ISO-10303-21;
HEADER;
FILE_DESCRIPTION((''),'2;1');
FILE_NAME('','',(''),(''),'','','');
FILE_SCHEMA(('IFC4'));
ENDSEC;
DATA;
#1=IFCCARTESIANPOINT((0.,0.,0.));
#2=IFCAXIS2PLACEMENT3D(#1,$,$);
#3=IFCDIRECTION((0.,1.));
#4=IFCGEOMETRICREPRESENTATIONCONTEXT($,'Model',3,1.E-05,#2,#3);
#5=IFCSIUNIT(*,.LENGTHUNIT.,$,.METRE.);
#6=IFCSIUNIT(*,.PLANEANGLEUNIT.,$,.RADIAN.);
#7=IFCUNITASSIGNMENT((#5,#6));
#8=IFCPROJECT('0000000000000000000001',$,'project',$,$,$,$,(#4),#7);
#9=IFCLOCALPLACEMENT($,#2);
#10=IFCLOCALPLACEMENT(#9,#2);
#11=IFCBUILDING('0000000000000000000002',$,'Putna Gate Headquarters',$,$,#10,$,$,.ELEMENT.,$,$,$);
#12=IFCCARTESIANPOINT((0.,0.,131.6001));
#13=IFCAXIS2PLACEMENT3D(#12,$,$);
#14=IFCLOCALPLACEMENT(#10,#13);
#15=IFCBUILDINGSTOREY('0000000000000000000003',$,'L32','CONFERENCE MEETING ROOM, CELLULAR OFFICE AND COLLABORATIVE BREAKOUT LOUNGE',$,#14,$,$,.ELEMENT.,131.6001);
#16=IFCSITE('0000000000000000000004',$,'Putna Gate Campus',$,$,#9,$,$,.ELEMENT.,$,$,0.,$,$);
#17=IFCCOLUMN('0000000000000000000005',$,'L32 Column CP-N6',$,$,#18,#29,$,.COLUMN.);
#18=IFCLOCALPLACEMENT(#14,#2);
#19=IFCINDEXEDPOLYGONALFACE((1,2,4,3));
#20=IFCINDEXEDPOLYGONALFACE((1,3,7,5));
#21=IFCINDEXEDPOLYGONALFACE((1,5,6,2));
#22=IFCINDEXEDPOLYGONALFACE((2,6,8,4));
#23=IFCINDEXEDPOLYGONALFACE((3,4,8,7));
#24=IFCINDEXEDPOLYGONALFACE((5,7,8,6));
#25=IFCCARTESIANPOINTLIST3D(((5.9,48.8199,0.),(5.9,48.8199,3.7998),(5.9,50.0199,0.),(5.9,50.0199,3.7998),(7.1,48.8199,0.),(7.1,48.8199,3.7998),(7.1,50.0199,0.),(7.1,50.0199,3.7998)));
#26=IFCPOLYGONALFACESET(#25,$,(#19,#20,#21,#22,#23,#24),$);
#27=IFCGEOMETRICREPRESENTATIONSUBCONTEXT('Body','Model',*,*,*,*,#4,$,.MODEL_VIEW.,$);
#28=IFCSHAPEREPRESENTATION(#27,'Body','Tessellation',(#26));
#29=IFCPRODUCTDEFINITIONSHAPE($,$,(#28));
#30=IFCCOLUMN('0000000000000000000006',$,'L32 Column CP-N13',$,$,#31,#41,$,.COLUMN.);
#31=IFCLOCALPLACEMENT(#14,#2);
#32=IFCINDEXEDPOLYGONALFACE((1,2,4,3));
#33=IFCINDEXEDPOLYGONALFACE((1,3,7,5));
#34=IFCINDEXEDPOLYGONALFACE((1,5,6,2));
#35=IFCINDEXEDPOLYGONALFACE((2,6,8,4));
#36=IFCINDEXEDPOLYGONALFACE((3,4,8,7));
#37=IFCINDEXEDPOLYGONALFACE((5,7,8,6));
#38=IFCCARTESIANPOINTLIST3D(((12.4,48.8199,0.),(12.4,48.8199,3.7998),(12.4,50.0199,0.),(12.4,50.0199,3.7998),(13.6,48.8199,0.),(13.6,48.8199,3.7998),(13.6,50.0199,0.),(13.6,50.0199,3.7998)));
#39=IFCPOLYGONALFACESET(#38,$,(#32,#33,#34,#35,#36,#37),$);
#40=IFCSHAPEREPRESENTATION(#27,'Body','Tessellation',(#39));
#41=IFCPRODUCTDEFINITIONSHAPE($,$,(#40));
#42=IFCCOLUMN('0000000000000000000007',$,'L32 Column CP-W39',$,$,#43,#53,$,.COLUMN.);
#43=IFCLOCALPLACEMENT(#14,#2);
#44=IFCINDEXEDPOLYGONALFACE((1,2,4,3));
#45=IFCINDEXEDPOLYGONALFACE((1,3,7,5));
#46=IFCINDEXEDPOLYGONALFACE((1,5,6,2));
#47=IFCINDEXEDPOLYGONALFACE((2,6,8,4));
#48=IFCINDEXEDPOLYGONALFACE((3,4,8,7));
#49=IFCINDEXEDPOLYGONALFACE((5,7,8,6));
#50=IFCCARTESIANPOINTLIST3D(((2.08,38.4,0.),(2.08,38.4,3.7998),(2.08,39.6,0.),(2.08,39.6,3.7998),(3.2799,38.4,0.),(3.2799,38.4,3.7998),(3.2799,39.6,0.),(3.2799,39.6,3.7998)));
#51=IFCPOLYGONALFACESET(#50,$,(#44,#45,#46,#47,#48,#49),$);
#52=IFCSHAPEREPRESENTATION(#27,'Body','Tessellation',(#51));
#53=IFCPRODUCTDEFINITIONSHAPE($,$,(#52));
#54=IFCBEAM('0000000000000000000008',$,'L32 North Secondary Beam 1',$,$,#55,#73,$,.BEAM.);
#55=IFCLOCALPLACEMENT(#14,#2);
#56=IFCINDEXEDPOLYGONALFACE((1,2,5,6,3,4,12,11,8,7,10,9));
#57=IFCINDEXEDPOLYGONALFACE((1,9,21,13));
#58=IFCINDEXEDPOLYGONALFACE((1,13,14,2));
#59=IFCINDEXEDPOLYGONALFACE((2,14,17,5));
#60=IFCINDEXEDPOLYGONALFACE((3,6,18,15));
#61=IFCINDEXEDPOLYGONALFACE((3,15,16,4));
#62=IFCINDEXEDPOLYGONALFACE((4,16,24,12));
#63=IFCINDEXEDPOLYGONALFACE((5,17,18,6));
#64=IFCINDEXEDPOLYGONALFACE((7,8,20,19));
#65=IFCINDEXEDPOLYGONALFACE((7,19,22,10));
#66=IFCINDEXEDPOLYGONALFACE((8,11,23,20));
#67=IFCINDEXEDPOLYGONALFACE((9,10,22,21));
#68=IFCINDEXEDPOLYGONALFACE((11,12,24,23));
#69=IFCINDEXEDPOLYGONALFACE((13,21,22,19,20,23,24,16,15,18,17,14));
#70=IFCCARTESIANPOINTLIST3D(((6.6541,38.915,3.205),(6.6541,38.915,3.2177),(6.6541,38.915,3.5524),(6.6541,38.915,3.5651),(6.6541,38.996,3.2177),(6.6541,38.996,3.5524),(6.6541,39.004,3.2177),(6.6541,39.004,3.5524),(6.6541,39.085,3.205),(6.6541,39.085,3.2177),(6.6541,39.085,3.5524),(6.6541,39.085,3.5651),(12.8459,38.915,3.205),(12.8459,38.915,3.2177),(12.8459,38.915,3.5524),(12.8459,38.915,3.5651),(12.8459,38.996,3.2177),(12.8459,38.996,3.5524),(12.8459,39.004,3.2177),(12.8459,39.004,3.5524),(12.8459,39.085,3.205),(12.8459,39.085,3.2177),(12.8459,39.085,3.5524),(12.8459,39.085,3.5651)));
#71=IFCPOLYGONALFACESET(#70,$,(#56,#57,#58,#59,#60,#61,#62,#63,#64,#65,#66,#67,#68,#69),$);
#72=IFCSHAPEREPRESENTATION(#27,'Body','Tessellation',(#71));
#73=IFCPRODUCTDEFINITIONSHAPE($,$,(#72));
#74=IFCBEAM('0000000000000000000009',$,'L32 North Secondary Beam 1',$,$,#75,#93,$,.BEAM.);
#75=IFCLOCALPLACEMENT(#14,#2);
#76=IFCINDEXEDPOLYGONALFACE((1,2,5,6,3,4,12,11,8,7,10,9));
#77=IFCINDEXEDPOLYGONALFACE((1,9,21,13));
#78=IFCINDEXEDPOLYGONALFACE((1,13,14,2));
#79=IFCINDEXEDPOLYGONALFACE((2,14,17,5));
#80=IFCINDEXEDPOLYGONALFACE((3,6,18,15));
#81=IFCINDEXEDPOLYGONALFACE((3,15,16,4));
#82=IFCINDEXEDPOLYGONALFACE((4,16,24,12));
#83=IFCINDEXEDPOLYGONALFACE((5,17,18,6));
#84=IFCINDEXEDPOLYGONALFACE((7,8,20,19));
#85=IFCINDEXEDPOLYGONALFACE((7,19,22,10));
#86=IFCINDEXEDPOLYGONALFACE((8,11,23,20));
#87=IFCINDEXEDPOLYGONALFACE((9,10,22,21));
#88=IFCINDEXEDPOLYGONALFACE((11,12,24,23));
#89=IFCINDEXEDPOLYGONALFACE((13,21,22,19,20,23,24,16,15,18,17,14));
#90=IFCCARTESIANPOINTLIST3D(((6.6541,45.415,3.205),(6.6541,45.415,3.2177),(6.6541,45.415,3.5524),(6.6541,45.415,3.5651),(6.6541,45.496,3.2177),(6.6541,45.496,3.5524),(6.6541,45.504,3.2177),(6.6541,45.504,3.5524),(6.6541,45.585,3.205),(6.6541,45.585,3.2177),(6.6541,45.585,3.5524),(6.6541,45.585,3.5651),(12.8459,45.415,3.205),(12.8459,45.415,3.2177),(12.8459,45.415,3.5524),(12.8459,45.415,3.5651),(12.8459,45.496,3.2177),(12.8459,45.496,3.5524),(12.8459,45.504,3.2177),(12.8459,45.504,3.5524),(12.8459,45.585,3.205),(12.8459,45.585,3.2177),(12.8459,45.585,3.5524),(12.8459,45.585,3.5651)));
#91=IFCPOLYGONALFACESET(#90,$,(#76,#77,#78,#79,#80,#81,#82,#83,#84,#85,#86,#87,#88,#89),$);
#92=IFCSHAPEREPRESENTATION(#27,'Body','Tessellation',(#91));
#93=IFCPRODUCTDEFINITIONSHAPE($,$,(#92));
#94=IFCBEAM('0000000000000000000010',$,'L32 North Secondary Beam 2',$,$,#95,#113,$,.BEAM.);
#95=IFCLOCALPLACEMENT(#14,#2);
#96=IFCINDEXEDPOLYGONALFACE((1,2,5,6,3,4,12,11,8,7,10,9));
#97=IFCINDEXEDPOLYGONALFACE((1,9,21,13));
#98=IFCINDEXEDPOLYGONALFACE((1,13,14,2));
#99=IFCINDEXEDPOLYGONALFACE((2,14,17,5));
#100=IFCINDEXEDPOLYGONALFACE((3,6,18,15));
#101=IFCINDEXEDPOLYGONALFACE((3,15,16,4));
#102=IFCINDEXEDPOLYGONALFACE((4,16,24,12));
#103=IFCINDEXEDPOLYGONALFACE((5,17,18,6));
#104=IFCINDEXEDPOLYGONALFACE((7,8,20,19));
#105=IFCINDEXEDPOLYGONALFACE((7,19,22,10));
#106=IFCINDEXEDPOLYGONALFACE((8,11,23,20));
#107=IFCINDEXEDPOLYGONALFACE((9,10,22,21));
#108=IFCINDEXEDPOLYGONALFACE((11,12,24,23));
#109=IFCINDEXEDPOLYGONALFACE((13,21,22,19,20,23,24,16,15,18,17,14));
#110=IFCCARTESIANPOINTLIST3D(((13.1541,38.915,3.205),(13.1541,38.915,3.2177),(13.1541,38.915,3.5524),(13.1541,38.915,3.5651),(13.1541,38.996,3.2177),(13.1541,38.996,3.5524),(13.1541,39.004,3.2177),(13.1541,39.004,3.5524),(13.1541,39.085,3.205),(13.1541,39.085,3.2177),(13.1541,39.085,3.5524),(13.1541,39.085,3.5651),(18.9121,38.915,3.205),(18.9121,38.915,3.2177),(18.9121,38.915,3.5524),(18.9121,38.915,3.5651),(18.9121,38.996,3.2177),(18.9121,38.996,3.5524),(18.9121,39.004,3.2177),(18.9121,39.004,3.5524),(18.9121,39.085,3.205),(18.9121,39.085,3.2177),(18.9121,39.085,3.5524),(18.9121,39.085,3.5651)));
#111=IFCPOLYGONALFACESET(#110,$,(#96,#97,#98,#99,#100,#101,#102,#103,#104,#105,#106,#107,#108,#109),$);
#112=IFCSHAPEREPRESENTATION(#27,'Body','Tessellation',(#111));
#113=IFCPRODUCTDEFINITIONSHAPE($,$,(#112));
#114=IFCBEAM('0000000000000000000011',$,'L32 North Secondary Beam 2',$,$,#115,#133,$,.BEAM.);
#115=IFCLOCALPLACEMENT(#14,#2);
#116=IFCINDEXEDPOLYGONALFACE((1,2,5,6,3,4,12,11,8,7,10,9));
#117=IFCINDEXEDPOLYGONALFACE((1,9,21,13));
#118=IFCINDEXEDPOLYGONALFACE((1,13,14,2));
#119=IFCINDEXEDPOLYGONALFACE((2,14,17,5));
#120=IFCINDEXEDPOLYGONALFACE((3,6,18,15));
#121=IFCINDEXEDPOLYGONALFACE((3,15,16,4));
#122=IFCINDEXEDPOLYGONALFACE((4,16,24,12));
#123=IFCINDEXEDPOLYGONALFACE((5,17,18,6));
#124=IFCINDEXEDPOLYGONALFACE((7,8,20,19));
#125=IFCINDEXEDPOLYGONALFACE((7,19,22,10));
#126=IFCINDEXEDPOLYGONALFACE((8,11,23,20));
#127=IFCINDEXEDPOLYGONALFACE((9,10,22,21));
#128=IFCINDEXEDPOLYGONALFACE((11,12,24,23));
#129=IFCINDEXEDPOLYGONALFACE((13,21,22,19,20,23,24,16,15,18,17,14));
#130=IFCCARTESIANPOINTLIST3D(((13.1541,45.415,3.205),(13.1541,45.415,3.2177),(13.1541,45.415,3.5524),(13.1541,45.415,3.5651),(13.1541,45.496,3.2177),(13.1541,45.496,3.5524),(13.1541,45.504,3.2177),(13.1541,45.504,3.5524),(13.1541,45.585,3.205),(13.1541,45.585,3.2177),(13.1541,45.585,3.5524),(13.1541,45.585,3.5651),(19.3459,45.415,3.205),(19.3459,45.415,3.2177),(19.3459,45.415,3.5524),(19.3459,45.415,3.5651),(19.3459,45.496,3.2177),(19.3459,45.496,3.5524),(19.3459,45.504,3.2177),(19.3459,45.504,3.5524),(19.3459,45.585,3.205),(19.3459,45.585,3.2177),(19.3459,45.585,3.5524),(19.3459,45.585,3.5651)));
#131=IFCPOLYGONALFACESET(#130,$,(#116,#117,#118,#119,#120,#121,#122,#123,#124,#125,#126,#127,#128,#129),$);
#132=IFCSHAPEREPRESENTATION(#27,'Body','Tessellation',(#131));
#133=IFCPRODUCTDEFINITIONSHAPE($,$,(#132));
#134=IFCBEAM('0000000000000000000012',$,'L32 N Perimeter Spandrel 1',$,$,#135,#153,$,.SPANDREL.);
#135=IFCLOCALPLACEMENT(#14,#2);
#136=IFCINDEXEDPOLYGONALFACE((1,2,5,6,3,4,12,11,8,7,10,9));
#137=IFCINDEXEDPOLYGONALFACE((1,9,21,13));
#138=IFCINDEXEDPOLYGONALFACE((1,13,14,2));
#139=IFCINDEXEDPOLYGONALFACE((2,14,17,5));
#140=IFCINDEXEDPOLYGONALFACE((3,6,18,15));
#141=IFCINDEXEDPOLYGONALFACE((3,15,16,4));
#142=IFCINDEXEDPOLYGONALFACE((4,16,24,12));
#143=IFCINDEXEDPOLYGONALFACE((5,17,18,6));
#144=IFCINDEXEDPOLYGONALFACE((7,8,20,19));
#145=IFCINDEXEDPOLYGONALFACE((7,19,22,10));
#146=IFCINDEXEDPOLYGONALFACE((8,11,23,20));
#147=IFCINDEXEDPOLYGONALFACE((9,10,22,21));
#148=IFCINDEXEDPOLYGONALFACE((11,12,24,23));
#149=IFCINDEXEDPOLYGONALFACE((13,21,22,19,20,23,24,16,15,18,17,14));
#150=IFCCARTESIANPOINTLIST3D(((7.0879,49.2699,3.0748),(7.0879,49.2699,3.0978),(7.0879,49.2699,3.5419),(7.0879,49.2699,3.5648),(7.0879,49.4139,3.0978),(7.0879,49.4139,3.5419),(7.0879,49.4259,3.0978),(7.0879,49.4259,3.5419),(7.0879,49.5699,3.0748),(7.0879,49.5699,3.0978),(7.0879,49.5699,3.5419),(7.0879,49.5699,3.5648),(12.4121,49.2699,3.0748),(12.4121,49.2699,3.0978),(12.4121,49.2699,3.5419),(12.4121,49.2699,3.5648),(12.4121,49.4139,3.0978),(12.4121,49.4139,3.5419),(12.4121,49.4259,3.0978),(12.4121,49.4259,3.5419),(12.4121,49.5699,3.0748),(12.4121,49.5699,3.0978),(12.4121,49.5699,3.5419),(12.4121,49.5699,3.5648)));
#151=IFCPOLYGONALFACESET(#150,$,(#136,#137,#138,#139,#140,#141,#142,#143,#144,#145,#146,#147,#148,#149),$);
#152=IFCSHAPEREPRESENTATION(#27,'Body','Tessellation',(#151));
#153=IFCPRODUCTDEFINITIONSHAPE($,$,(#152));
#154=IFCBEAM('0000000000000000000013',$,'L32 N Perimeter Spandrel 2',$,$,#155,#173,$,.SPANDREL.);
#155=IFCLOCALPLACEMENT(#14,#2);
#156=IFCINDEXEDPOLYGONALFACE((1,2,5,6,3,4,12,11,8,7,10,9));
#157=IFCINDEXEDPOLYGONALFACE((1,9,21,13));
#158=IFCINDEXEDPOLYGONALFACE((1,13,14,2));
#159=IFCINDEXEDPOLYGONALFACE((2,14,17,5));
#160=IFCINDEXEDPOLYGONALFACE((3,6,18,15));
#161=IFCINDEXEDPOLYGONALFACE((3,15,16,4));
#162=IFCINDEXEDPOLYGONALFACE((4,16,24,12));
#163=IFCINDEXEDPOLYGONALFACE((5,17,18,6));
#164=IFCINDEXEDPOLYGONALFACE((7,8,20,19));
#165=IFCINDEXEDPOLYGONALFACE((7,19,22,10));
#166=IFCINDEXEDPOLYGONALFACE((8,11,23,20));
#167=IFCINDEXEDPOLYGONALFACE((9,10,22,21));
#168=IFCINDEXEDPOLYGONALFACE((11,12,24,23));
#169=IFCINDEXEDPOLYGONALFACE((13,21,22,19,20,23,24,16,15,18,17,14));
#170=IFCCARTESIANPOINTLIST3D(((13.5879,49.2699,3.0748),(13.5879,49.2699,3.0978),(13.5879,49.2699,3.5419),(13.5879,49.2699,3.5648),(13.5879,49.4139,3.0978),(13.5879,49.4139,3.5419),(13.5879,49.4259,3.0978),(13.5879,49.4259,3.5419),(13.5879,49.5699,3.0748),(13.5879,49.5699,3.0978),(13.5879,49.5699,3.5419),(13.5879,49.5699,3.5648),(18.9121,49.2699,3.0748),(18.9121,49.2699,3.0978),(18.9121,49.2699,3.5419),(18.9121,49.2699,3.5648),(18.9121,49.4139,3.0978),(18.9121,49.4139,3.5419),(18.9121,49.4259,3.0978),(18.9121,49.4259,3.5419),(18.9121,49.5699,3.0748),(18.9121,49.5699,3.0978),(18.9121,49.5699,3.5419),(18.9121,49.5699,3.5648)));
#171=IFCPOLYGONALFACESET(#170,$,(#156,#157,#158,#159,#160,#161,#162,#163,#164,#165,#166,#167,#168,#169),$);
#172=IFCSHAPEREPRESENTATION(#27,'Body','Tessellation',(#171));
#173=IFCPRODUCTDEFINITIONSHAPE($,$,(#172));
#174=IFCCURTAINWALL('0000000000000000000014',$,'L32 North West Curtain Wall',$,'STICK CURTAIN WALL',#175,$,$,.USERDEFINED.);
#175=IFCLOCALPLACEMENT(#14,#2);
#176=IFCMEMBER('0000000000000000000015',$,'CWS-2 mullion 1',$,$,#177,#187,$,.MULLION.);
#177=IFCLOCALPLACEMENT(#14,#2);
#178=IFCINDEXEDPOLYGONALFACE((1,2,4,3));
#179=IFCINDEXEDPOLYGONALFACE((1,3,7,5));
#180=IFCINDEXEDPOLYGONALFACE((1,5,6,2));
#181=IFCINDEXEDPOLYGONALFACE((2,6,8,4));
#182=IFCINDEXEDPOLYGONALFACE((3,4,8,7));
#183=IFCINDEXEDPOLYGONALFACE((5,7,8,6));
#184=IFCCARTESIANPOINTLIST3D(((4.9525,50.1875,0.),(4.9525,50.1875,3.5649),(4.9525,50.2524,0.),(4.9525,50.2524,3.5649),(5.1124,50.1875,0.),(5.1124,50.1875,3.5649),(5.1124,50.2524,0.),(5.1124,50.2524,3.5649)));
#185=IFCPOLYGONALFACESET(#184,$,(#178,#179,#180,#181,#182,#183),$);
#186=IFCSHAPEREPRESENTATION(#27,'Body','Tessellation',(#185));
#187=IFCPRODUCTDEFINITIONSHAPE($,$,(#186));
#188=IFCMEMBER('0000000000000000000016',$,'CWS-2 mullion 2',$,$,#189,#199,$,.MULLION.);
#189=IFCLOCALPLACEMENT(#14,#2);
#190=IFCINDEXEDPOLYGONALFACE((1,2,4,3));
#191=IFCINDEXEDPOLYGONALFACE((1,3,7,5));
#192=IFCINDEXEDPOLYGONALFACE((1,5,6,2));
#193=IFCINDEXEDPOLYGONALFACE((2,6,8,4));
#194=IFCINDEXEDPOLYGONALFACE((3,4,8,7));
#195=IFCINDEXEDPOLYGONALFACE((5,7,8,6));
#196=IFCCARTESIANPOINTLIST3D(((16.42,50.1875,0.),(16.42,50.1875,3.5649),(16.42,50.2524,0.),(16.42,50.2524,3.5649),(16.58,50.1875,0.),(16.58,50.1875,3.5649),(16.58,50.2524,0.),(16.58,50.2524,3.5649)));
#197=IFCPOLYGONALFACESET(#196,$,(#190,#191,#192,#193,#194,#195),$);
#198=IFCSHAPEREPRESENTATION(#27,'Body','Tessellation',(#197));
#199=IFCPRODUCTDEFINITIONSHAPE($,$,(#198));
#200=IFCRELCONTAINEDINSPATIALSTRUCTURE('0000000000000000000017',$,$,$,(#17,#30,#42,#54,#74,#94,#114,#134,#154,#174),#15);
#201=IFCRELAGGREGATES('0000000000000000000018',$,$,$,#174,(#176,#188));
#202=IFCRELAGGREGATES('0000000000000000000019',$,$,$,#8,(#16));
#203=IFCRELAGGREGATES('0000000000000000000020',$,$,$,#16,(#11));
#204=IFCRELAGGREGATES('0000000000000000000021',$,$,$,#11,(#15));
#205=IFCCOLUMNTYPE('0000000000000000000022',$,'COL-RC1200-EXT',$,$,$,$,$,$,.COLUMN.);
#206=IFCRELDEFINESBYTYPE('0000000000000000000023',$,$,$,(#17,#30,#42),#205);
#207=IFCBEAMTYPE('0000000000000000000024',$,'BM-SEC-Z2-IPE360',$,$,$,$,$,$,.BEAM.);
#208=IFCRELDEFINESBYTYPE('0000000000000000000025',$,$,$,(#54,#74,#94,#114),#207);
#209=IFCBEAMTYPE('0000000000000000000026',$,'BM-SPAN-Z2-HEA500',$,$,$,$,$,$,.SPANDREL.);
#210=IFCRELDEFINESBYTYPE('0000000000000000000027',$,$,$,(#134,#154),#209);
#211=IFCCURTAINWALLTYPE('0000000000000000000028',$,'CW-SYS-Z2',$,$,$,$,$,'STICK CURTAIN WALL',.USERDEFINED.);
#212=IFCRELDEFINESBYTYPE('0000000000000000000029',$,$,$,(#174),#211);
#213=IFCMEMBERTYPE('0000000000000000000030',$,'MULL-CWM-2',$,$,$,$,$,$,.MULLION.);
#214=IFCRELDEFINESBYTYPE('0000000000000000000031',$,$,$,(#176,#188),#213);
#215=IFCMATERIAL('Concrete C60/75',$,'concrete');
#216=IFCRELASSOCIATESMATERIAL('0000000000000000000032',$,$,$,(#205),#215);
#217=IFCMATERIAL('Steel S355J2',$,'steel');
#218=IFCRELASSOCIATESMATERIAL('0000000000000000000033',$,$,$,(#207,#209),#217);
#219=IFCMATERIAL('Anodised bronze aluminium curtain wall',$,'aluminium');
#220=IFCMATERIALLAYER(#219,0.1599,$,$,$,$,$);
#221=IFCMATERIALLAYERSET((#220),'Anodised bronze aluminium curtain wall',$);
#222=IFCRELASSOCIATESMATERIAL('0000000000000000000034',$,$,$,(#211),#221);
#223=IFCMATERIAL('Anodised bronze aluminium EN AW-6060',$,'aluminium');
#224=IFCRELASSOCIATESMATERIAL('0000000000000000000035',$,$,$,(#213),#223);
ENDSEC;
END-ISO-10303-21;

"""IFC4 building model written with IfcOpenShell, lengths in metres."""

from ifc_helpers import new_model, si_unit, direction, frame, origin, origin_2d, place, context, subcontext, project, spatial, rectangle, i_section, extrude, material, layer, layer_set, material_profile, profile_set, type_object, element, aggregate, save


model = new_model("IFC4")

# Units and contexts
model_context = context("Model", 3, precision=1e-05, world=origin(), true_north=direction((0.0, 1.0)))
body_context = subcontext(model_context, "Body", "Model", "MODEL_VIEW")
ifc_project = project(units=[si_unit("LENGTHUNIT", "METRE"), si_unit("PLANEANGLEUNIT", "RADIAN")], contexts=[model_context])

# Site, building, storey
site_placement = place(None, origin())
site = spatial("IfcSite", under=ifc_project, at=site_placement, Name="Putna Gate Campus", CompositionType="ELEMENT", RefElevation=0.0)
building_placement = place(site_placement, origin())
building = spatial("IfcBuilding", under=site, at=building_placement, Name="Putna Gate Headquarters", CompositionType="ELEMENT")
storey_placement = place(building_placement, frame((0.0, 0.0, 131.6001)))
storey = spatial("IfcBuildingStorey", under=building, at=storey_placement, Name="L32", Description="CONFERENCE MEETING ROOM, CELLULAR OFFICE AND COLLABORATIVE BREAKOUT LOUNGE", CompositionType="ELEMENT", Elevation=131.6001)

# Columns
ifc_material_1 = material(Name="Concrete C60/75", Category="concrete")
ifc_material_profile_1 = material_profile(ifc_material_1, rectangle(XDim=1.2, YDim=1.2, at=origin_2d()), Name="Concrete C60/75")
ifc_profile_set_1 = profile_set([ifc_material_profile_1], Name="Concrete C60/75")
column_type = type_object("IfcColumnType", Name="COL-RC1200-EXT", PredefinedType="COLUMN", material=ifc_profile_set_1)
for number, where, z_axis, x_axis, name in (
    (1, (6.5, 49.4199, 0.0), (0.0, 0.0, 1.0), (1.0, 0.0, 0.0), "L32 Column CP-N6"),
    (2, (13.0, 49.4199, 0.0), (0.0, 0.0, 1.0), (1.0, 0.0, 0.0), "L32 Column CP-N13"),
    (3, (2.6799, 39.0, 0.0), (0.0, 0.0, 1.0), (1.0, 0.0, 0.0), "L32 Column CP-W39"),
):
    element("IfcColumn", number, at=place(storey_placement, frame(where, z_axis=z_axis, x_axis=x_axis)), inside=storey, type_object=column_type, Name=name, PredefinedType="COLUMN", context=body_context, shape_type="SweptSolid", body=[
        extrude(rectangle(XDim=1.2, YDim=1.2, at=origin_2d()), origin(), (0.0, 0.0, 1.0), 3.7998),
    ])

# Beams
ifc_material_2 = material(Name="Steel S355J2", Category="steel")
ifc_material_profile_2 = material_profile(ifc_material_2, i_section(OverallWidth=0.1699, OverallDepth=0.3601, WebThickness=0.0081, FlangeThickness=0.0127, at=origin_2d()), Name="Steel S355J2")
ifc_profile_set_2 = profile_set([ifc_material_profile_2], Name="Steel S355J2")
beam_type_1 = type_object("IfcBeamType", Name="BM-SEC-Z2-IPE360", PredefinedType="BEAM", material=ifc_profile_set_2)
for number, where, z_axis, x_axis, name in (
    (4, (6.6541, 39.0, 3.385), (1.0, 0.0, 0.0), (0.0, 1.0, 0.0), "L32 North Secondary Beam 1"),
    (5, (6.6541, 45.5, 3.385), (1.0, 0.0, 0.0), (0.0, 1.0, 0.0), "L32 North Secondary Beam 1"),
):
    element("IfcBeam", number, at=place(storey_placement, frame(where, z_axis=z_axis, x_axis=x_axis)), inside=storey, type_object=beam_type_1, Name=name, PredefinedType="BEAM", context=body_context, shape_type="SweptSolid", body=[
        extrude(i_section(OverallWidth=0.1699, OverallDepth=0.3601, WebThickness=0.0081, FlangeThickness=0.0127, at=origin_2d()), origin(), (0.0, 0.0, 1.0), 6.1919),
    ])
beam_1_placement = place(storey_placement, frame((13.1541, 39.0, 3.385), z_axis=(1.0, 0.0, 0.0), x_axis=(0.0, 1.0, 0.0)))
element("IfcBeam", 6, at=beam_1_placement, inside=storey, type_object=beam_type_1, Name="L32 North Secondary Beam 2", PredefinedType="BEAM", context=body_context, shape_type="SweptSolid", body=[
    extrude(i_section(OverallWidth=0.1699, OverallDepth=0.3601, WebThickness=0.0081, FlangeThickness=0.0127, at=origin_2d()), origin(), (0.0, 0.0, 1.0), 5.7581),
])
beam_2_placement = place(storey_placement, frame((13.1541, 45.5, 3.385), z_axis=(1.0, 0.0, 0.0), x_axis=(0.0, 1.0, 0.0)))
element("IfcBeam", 7, at=beam_2_placement, inside=storey, type_object=beam_type_1, Name="L32 North Secondary Beam 2", PredefinedType="BEAM", context=body_context, shape_type="SweptSolid", body=[
    extrude(i_section(OverallWidth=0.1699, OverallDepth=0.3601, WebThickness=0.0081, FlangeThickness=0.0127, at=origin_2d()), origin(), (0.0, 0.0, 1.0), 6.1919),
])
ifc_material_profile_3 = material_profile(ifc_material_2, i_section(OverallWidth=0.3, OverallDepth=0.49, WebThickness=0.012, FlangeThickness=0.0229, at=origin_2d()), Name="Steel S355J2")
ifc_profile_set_3 = profile_set([ifc_material_profile_3], Name="Steel S355J2")
beam_type_2 = type_object("IfcBeamType", Name="BM-SPAN-Z2-HEA500", PredefinedType="SPANDREL", material=ifc_profile_set_3)
for number, where, z_axis, x_axis, name in (
    (8, (7.0879, 49.4199, 3.3198), (1.0, 0.0, 0.0), (0.0, 1.0, 0.0), "L32 N Perimeter Spandrel 1"),
    (9, (13.5879, 49.4199, 3.3198), (1.0, 0.0, 0.0), (0.0, 1.0, 0.0), "L32 N Perimeter Spandrel 2"),
):
    element("IfcBeam", number, at=place(storey_placement, frame(where, z_axis=z_axis, x_axis=x_axis)), inside=storey, type_object=beam_type_2, Name=name, PredefinedType="SPANDREL", context=body_context, shape_type="SweptSolid", body=[
        extrude(i_section(OverallWidth=0.3, OverallDepth=0.49, WebThickness=0.012, FlangeThickness=0.0229, at=origin_2d()), origin(), (0.0, 0.0, 1.0), 5.3242),
    ])

# Curtain wall, members
ifc_material_3 = material(Name="Anodised bronze aluminium curtain wall", Category="aluminium")
ifc_layer_1 = layer(ifc_material_3, 0.1599)
ifc_layer_set_1 = layer_set([ifc_layer_1], Name="Anodised bronze aluminium curtain wall")
curtain_wall_type = type_object("IfcCurtainWallType", Name="CW-SYS-Z2", ElementType="STICK CURTAIN WALL", PredefinedType="USERDEFINED", material=ifc_layer_set_1)
curtain_wall_1_placement = place(storey_placement, origin())
curtain_wall_1 = element("IfcCurtainWall", 10, at=curtain_wall_1_placement, inside=storey, type_object=curtain_wall_type, Name="L32 North West Curtain Wall", ObjectType="STICK CURTAIN WALL", PredefinedType="USERDEFINED")
ifc_material_4 = material(Name="Anodised bronze aluminium EN AW-6060", Category="aluminium")
ifc_material_profile_4 = material_profile(ifc_material_4, rectangle(XDim=0.0649, YDim=0.1599, at=origin_2d()), Name="Anodised bronze aluminium EN AW-6060")
ifc_profile_set_4 = profile_set([ifc_material_profile_4], Name="Anodised bronze aluminium EN AW-6060")
member_type_1 = type_object("IfcMemberType", Name="MULL-CWM-2", PredefinedType="MULLION", material=ifc_profile_set_4)
member_1_placement = place(storey_placement, frame((5.0325, 50.22, 0.0), z_axis=(0.0, 0.0, 1.0), x_axis=(0.0, 1.0, 0.0)))
member_1 = element("IfcMember", 11, at=member_1_placement, type_object=member_type_1, Name="CWS-2 mullion 1", PredefinedType="MULLION", context=body_context, shape_type="SweptSolid", body=[
    extrude(rectangle(XDim=0.0649, YDim=0.1599, at=origin_2d()), origin(), (0.0, 0.0, 1.0), 3.5649),
])
member_2_placement = place(storey_placement, frame((16.5, 50.22, 0.0), z_axis=(0.0, 0.0, 1.0), x_axis=(0.0, 1.0, 0.0)))
member_2 = element("IfcMember", 12, at=member_2_placement, type_object=member_type_1, Name="CWS-2 mullion 2", PredefinedType="MULLION", context=body_context, shape_type="SweptSolid", body=[
    extrude(rectangle(XDim=0.0649, YDim=0.1599, at=origin_2d()), origin(), (0.0, 0.0, 1.0), 3.5649),
])

aggregate(curtain_wall_1, [member_1, member_2])

save(model, "model.ifc")
